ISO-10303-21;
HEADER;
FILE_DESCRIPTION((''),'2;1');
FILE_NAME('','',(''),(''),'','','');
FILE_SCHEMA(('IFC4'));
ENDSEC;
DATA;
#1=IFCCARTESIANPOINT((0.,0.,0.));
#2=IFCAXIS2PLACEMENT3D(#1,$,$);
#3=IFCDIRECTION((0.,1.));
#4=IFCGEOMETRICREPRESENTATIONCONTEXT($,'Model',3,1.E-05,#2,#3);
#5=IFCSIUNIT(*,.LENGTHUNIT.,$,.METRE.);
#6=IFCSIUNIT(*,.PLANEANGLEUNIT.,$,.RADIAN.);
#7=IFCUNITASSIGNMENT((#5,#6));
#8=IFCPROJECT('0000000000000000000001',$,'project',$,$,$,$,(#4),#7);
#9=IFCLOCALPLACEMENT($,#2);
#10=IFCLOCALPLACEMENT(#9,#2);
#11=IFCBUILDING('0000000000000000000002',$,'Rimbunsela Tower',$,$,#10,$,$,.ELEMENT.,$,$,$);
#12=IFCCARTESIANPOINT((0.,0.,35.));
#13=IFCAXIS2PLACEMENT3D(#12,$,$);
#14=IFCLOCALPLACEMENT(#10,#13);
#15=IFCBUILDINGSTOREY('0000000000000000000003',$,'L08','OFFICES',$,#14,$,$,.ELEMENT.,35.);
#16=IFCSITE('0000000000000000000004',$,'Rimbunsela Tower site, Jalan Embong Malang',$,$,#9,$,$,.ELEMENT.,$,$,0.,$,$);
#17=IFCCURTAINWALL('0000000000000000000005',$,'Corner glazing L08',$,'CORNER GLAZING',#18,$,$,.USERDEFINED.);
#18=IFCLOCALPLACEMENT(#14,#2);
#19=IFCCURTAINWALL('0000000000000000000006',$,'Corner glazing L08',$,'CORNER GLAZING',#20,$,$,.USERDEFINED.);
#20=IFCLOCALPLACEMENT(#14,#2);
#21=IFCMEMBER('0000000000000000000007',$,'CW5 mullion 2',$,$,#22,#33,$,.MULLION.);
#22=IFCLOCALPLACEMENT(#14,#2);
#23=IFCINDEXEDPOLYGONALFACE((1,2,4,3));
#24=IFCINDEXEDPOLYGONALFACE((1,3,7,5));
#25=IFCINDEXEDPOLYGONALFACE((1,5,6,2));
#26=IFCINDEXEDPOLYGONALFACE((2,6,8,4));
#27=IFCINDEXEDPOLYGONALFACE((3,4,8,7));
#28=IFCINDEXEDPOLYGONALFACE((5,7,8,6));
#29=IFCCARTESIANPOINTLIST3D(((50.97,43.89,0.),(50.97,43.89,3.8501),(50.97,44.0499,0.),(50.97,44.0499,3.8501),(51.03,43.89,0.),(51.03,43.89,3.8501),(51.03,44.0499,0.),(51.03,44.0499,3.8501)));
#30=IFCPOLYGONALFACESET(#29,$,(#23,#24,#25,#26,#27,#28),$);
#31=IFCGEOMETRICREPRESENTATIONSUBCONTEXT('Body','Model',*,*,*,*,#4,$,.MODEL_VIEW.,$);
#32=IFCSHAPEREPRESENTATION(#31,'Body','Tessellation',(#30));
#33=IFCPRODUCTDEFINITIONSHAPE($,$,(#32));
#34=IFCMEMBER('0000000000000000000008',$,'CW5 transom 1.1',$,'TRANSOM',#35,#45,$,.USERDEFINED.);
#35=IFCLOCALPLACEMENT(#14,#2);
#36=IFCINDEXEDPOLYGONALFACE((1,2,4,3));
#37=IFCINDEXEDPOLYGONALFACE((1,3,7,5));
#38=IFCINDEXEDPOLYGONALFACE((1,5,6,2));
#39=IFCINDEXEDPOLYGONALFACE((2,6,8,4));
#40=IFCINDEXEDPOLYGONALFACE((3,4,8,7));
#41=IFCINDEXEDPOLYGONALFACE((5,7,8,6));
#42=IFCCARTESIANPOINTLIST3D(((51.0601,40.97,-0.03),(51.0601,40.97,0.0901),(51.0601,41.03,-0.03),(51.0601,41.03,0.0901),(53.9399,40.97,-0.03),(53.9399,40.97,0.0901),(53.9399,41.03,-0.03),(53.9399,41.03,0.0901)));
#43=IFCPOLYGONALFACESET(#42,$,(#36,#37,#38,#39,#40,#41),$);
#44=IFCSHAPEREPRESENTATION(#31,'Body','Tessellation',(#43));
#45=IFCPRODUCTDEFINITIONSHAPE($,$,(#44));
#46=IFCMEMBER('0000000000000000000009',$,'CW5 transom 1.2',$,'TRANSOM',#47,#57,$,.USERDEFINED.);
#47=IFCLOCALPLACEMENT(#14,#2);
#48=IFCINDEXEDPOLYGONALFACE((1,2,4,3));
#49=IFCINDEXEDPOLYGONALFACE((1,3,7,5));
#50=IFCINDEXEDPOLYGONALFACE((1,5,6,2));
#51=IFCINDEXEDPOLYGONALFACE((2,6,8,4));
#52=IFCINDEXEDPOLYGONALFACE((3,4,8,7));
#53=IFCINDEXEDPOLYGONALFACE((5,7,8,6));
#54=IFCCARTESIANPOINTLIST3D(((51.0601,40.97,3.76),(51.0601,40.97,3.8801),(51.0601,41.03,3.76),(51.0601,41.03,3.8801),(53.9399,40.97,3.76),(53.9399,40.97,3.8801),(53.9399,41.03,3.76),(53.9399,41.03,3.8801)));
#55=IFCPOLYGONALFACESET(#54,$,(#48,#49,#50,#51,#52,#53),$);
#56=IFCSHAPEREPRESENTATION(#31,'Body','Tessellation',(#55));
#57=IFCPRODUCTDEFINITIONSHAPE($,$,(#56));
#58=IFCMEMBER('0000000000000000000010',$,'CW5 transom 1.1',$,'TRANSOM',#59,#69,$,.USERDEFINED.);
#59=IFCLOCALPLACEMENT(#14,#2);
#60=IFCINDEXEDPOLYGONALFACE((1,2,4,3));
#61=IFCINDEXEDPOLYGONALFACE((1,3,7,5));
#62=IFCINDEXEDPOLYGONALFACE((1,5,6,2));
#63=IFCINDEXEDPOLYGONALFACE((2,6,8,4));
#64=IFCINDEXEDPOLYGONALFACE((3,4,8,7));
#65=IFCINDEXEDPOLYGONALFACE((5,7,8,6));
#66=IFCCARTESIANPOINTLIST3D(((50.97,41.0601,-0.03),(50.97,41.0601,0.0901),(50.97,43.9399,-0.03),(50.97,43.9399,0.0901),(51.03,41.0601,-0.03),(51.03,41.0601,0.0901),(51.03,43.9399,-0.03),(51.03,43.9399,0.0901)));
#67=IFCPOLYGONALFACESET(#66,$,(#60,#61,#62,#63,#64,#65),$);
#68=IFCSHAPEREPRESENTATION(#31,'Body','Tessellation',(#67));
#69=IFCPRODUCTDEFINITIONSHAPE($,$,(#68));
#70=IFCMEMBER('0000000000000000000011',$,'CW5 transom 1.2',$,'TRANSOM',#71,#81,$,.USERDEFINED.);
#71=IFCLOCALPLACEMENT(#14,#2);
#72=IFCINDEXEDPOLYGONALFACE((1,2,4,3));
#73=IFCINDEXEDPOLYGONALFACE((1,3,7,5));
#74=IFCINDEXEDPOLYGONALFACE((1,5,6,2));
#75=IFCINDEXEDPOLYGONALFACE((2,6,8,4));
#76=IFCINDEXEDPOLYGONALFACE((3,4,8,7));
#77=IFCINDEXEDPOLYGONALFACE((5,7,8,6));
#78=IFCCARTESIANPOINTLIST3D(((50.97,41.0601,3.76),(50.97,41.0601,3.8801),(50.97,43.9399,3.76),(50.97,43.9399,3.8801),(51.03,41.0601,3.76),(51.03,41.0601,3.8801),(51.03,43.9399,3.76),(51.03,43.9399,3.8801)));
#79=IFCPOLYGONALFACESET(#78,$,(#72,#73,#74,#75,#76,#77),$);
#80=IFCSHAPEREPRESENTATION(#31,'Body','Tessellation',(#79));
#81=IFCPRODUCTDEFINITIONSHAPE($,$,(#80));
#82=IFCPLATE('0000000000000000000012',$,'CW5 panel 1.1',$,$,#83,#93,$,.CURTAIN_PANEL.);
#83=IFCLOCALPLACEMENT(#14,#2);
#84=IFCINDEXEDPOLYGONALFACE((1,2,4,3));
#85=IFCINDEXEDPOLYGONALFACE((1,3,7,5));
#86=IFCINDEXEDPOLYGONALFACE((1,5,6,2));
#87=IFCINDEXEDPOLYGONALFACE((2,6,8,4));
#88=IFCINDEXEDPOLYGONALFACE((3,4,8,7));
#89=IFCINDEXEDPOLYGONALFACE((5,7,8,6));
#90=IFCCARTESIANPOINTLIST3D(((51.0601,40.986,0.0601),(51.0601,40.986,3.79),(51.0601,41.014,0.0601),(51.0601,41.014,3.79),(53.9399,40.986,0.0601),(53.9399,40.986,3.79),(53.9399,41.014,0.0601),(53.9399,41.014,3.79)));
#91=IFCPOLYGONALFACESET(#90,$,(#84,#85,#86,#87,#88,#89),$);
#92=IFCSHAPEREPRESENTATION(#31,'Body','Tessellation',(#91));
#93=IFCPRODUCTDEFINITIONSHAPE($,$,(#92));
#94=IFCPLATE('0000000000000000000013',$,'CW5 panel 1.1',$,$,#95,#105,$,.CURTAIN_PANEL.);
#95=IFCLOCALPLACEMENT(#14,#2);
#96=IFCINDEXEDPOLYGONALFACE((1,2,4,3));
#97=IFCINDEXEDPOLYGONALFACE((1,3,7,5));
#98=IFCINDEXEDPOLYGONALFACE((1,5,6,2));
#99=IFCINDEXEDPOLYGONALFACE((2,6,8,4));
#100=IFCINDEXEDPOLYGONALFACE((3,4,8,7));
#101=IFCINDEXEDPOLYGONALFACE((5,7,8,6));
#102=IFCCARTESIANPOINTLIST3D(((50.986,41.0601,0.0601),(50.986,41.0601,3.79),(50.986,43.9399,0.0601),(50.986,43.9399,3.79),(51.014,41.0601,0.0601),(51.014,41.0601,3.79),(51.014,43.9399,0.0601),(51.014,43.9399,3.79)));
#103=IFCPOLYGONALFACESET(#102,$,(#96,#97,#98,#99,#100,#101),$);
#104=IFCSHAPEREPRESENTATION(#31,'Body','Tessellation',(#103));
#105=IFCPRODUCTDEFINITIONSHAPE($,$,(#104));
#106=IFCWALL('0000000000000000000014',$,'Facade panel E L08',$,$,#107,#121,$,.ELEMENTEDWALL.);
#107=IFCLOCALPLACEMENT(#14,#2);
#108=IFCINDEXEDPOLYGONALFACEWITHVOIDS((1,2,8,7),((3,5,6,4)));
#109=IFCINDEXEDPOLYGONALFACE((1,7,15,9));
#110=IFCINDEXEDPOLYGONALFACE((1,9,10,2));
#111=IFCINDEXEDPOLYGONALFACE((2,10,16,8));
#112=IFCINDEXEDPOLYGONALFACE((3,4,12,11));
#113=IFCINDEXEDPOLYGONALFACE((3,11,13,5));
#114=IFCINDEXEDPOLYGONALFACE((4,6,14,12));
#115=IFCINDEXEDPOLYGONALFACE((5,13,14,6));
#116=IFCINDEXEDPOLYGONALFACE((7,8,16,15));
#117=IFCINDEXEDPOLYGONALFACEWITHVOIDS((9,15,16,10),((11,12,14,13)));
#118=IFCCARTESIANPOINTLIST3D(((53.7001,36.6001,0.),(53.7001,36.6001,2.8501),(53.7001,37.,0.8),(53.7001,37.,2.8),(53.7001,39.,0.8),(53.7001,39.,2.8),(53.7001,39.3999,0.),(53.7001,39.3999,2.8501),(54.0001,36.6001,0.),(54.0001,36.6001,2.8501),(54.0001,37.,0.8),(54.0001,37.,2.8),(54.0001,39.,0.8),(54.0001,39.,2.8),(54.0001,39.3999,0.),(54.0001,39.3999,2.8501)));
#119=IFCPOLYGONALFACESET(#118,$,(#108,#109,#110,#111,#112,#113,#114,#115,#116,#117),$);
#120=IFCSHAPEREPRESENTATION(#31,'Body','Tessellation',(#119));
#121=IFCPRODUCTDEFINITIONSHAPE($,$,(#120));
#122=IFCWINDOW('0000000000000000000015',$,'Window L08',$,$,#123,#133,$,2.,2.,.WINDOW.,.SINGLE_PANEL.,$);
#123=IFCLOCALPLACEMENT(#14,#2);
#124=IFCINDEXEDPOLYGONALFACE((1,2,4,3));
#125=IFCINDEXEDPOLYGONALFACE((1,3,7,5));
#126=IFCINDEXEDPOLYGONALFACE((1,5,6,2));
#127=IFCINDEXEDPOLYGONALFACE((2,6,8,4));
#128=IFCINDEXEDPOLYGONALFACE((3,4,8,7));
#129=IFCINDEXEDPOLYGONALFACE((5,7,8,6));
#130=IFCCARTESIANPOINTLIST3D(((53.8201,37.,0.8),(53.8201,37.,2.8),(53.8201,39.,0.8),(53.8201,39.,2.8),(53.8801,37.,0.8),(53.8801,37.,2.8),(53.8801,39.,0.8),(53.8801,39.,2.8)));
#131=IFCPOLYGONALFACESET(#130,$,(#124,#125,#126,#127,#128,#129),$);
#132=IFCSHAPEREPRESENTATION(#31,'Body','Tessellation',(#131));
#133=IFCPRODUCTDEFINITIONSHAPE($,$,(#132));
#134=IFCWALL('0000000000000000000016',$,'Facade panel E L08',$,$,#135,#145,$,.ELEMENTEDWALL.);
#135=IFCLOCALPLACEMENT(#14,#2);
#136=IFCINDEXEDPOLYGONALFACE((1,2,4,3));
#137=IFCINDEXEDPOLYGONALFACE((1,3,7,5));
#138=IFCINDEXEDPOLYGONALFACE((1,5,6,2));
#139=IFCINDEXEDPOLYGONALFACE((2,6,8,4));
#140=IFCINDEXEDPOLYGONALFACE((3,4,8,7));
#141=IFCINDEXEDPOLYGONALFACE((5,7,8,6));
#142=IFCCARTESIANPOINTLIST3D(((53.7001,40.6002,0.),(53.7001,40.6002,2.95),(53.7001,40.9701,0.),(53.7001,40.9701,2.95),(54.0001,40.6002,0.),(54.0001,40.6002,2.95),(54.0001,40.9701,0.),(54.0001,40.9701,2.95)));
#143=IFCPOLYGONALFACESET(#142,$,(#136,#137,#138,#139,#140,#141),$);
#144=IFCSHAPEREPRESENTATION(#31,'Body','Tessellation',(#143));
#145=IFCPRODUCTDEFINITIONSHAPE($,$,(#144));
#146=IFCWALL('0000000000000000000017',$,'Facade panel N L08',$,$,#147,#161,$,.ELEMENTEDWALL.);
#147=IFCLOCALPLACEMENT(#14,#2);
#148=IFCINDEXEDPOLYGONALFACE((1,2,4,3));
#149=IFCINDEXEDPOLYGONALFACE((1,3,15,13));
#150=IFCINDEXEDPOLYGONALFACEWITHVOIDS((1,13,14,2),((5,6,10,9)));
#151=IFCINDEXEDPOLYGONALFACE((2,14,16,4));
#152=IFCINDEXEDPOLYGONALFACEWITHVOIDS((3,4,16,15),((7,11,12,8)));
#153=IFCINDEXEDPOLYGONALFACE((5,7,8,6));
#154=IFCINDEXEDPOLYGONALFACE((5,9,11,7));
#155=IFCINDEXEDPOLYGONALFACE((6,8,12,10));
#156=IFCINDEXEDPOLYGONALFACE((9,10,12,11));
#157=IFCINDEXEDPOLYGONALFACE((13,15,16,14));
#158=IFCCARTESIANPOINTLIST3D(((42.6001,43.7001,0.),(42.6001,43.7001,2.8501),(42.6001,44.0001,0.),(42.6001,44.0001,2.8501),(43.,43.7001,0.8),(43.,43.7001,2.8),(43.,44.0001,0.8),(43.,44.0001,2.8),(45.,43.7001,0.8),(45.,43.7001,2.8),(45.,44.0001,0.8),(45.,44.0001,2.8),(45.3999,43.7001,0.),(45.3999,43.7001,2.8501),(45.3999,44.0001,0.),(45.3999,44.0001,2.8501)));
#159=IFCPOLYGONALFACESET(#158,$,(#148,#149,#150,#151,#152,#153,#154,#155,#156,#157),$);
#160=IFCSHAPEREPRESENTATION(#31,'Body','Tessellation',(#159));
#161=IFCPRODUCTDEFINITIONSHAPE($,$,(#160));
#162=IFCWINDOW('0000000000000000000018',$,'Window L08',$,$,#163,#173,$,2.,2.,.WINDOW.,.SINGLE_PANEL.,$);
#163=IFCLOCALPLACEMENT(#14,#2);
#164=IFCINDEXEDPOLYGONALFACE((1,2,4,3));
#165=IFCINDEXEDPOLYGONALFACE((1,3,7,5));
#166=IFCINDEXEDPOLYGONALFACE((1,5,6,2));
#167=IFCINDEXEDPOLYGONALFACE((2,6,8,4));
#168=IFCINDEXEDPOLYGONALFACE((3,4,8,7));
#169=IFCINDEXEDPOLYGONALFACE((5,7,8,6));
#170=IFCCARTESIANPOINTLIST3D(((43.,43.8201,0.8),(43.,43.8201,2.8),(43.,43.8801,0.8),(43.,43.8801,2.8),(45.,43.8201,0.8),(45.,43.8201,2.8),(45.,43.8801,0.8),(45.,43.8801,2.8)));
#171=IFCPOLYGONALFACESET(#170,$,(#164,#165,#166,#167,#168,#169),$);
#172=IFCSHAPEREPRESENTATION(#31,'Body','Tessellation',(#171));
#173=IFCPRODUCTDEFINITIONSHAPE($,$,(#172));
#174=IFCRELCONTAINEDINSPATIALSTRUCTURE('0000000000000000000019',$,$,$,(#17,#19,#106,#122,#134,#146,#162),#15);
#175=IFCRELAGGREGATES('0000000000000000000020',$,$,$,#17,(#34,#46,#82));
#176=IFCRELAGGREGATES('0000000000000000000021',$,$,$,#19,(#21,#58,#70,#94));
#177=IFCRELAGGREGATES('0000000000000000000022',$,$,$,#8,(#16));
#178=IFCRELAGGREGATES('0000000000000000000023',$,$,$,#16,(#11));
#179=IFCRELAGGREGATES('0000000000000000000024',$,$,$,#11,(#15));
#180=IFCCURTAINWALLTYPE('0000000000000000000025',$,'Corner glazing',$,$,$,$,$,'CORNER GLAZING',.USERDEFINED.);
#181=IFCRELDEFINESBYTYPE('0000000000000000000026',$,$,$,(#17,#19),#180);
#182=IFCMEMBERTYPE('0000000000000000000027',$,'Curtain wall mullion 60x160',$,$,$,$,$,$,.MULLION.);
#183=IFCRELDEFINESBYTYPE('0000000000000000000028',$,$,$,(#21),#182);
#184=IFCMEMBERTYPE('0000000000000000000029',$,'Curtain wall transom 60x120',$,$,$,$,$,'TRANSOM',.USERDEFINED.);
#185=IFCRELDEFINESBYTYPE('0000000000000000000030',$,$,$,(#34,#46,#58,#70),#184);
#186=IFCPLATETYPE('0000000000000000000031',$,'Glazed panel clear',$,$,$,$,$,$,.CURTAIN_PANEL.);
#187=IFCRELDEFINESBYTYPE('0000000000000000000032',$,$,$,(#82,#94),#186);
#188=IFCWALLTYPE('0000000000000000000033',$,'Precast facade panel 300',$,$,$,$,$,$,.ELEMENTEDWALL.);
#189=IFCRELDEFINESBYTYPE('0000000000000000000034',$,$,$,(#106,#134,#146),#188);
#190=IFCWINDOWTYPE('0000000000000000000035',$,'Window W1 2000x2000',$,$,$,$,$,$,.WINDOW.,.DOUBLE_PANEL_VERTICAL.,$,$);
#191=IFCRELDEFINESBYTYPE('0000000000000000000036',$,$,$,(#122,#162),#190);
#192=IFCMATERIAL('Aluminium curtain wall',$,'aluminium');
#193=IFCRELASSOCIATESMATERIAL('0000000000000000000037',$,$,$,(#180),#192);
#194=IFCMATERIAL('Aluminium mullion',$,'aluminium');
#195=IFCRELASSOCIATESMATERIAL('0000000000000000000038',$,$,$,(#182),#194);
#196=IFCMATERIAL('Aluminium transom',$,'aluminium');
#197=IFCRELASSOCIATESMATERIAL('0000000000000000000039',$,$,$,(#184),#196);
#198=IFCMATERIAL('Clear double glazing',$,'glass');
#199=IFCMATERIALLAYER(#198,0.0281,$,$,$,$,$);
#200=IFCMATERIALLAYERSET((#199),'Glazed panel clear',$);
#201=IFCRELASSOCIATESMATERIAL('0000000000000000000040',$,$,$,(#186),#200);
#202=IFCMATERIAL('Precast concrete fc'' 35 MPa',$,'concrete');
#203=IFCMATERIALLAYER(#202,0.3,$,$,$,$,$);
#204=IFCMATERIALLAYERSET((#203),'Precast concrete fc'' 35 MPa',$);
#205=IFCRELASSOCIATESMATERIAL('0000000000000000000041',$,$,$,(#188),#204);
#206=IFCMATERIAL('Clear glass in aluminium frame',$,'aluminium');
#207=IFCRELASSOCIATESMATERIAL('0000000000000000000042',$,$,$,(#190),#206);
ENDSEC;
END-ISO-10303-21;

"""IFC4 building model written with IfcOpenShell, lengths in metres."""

from ifc_helpers import new_model, si_unit, direction, frame, frame_2d, origin, origin_2d, place, context, subcontext, project, spatial, rectangle, extrude, material, layer, layer_set, material_profile, profile_set, type_object, element, fill, aggregate, save


model = new_model("IFC4")

# Units and contexts
model_context = context("Model", 3, precision=1e-05, world=origin(), true_north=direction((0.0, 1.0)))
body_context = subcontext(model_context, "Body", "Model", "MODEL_VIEW")
ifc_project = project(units=[si_unit("LENGTHUNIT", "METRE"), si_unit("PLANEANGLEUNIT", "RADIAN")], contexts=[model_context])

# Site, building, storey
site_placement = place(None, origin())
site = spatial("IfcSite", under=ifc_project, at=site_placement, Name="Rimbunsela Tower site, Jalan Embong Malang", CompositionType="ELEMENT", RefElevation=0.0)
building_placement = place(site_placement, origin())
building = spatial("IfcBuilding", under=site, at=building_placement, Name="Rimbunsela Tower", CompositionType="ELEMENT")
storey_placement = place(building_placement, frame((0.0, 0.0, 35.0)))
storey = spatial("IfcBuildingStorey", under=building, at=storey_placement, Name="L08", Description="OFFICES", CompositionType="ELEMENT", Elevation=35.0)

# Curtain walls, member
ifc_material_1 = material(Name="Aluminium curtain wall", Category="aluminium")
curtain_wall_type = type_object("IfcCurtainWallType", Name="Corner glazing", ElementType="CORNER GLAZING", PredefinedType="USERDEFINED", material=ifc_material_1)
curtain_wall_1_placement = place(storey_placement, origin())
curtain_wall_1 = element("IfcCurtainWall", 1, at=curtain_wall_1_placement, inside=storey, type_object=curtain_wall_type, Name="Corner glazing L08", ObjectType="CORNER GLAZING", PredefinedType="USERDEFINED")
ifc_material_2 = material(Name="Aluminium mullion", Category="aluminium")
ifc_material_profile_1 = material_profile(ifc_material_2, rectangle(XDim=0.0601, YDim=0.1599, at=origin_2d()), Name="Mullion 60x160")
ifc_profile_set_1 = profile_set([ifc_material_profile_1], Name="Aluminium mullion")
member_type_1 = type_object("IfcMemberType", Name="Curtain wall mullion 60x160", PredefinedType="MULLION", material=ifc_profile_set_1)
curtain_wall_2_placement = place(storey_placement, origin())
curtain_wall_2 = element("IfcCurtainWall", 2, at=curtain_wall_2_placement, inside=storey, type_object=curtain_wall_type, Name="Corner glazing L08", ObjectType="CORNER GLAZING", PredefinedType="USERDEFINED")
member_1_placement = place(storey_placement, frame((51.0, 43.97, 0.0), z_axis=(0.0, 0.0, 1.0), x_axis=(-1.0, 0.0, 0.0)))
member_1 = element("IfcMember", 3, at=member_1_placement, type_object=member_type_1, Name="CW5 mullion 2", PredefinedType="MULLION", context=body_context, shape_type="SweptSolid", body=[
    extrude(rectangle(XDim=0.0601, YDim=0.1599, at=origin_2d()), origin(), (0.0, 0.0, 1.0), 3.8501),
])

# Members
ifc_material_3 = material(Name="Aluminium transom", Category="aluminium")
ifc_material_profile_2 = material_profile(ifc_material_3, rectangle(XDim=0.0601, YDim=0.1201, at=origin_2d()), Name="Transom 60x120")
ifc_profile_set_2 = profile_set([ifc_material_profile_2], Name="Aluminium transom")
member_type_2 = type_object("IfcMemberType", Name="Curtain wall transom 60x120", ElementType="TRANSOM", PredefinedType="USERDEFINED", material=ifc_profile_set_2)
member_2_placement = place(storey_placement, frame((53.9399, 41.0, 0.03), z_axis=(-1.0, 0.0, 0.0), x_axis=(0.0, -1.0, 0.0)))
member_2 = element("IfcMember", 4, at=member_2_placement, type_object=member_type_2, Name="CW5 transom 1.1", ObjectType="TRANSOM", PredefinedType="USERDEFINED", context=body_context, shape_type="SweptSolid", body=[
    extrude(rectangle(XDim=0.0601, YDim=0.1201, at=origin_2d()), origin(), (0.0, 0.0, 1.0), 2.8799),
])
member_3_placement = place(storey_placement, frame((53.9399, 41.0, 3.8201), z_axis=(-1.0, 0.0, 0.0), x_axis=(0.0, -1.0, 0.0)))
member_3 = element("IfcMember", 5, at=member_3_placement, type_object=member_type_2, Name="CW5 transom 1.2", ObjectType="TRANSOM", PredefinedType="USERDEFINED", context=body_context, shape_type="SweptSolid", body=[
    extrude(rectangle(XDim=0.0601, YDim=0.1201, at=origin_2d()), origin(), (0.0, 0.0, 1.0), 2.8799),
])
member_4_placement = place(storey_placement, frame((51.0, 41.0601, 0.03), z_axis=(0.0, 1.0, 0.0), x_axis=(-1.0, 0.0, 0.0)))
member_4 = element("IfcMember", 6, at=member_4_placement, type_object=member_type_2, Name="CW5 transom 1.1", ObjectType="TRANSOM", PredefinedType="USERDEFINED", context=body_context, shape_type="SweptSolid", body=[
    extrude(rectangle(XDim=0.0601, YDim=0.1201, at=origin_2d()), origin(), (0.0, 0.0, 1.0), 2.8799),
])
member_5_placement = place(storey_placement, frame((51.0, 41.0601, 3.8201), z_axis=(0.0, 1.0, 0.0), x_axis=(-1.0, 0.0, 0.0)))
member_5 = element("IfcMember", 7, at=member_5_placement, type_object=member_type_2, Name="CW5 transom 1.2", ObjectType="TRANSOM", PredefinedType="USERDEFINED", context=body_context, shape_type="SweptSolid", body=[
    extrude(rectangle(XDim=0.0601, YDim=0.1201, at=origin_2d()), origin(), (0.0, 0.0, 1.0), 2.8799),
])

# Plates
ifc_material_4 = material(Name="Clear double glazing", Category="glass")
ifc_layer_1 = layer(ifc_material_4, 0.0281)
ifc_layer_set_1 = layer_set([ifc_layer_1], Name="Glazed panel clear")
plate_type = type_object("IfcPlateType", Name="Glazed panel clear", PredefinedType="CURTAIN_PANEL", material=ifc_layer_set_1)
plate_1_placement = place(storey_placement, frame((52.5, 41.0, 0.0601), z_axis=(0.0, 0.0, 1.0), x_axis=(-1.0, 0.0, 0.0)))
plate_1 = element("IfcPlate", 8, at=plate_1_placement, type_object=plate_type, Name="CW5 panel 1.1", PredefinedType="CURTAIN_PANEL", context=body_context, shape_type="SweptSolid", body=[
    extrude(rectangle(XDim=2.8799, YDim=0.0281, at=origin_2d()), origin(), (0.0, 0.0, 1.0), 3.73),
])
aggregate(curtain_wall_1, [member_2, member_3, plate_1])
plate_2_placement = place(storey_placement, frame((51.0, 42.5, 0.0601), z_axis=(0.0, 0.0, 1.0), x_axis=(0.0, 1.0, 0.0)))
plate_2 = element("IfcPlate", 9, at=plate_2_placement, type_object=plate_type, Name="CW5 panel 1.1", PredefinedType="CURTAIN_PANEL", context=body_context, shape_type="SweptSolid", body=[
    extrude(rectangle(XDim=2.8799, YDim=0.0281, at=origin_2d()), origin(), (0.0, 0.0, 1.0), 3.73),
])
aggregate(curtain_wall_2, [member_1, member_4, member_5, plate_2])

# Wall, opening, window
ifc_material_5 = material(Name="Precast concrete fc' 35 MPa", Category="concrete")
ifc_layer_2 = layer(ifc_material_5, 0.3)
ifc_layer_set_2 = layer_set([ifc_layer_2], Name="Precast concrete fc' 35 MPa")
wall_type = type_object("IfcWallType", Name="Precast facade panel 300", PredefinedType="ELEMENTEDWALL", material=ifc_layer_set_2)
wall_1_placement = place(storey_placement, frame((53.8501, 36.6001, 0.0), z_axis=(0.0, 0.0, 1.0), x_axis=(0.0, 1.0, 0.0)))
wall_1 = element("IfcWall", 10, at=wall_1_placement, inside=storey, type_object=wall_type, Name="Facade panel E L08", PredefinedType="ELEMENTEDWALL", context=body_context, shape_type="SweptSolid", body=[
    extrude(rectangle(XDim=2.7998, YDim=0.3, at=frame_2d((1.3999, 0.0))), origin(), (0.0, 0.0, 1.0), 2.8501),
])
opening_1_placement = place(wall_1_placement, frame((0.3999, 0.0, 0.8)))
opening_1 = element("IfcOpeningElement", 11, at=opening_1_placement, cuts=wall_1, PredefinedType="OPENING", context=body_context, shape_type="SweptSolid", body=[
    extrude(rectangle(XDim=2.0, YDim=2.0, at=frame_2d((1.0, 1.0))), frame((0.0, 0.1599, 0.0), z_axis=(0.0, -1.0, 0.0), x_axis=(1.0, 0.0, 0.0)), (0.0, 0.0, 1.0), 0.3201),
])
ifc_material_6 = material(Name="Clear glass in aluminium frame", Category="aluminium")
window_type = type_object("IfcWindowType", Name="Window W1 2000x2000", PartitioningType="DOUBLE_PANEL_VERTICAL", PredefinedType="WINDOW", material=ifc_material_6)
window_1_placement = place(opening_1_placement, origin())
window_1 = element("IfcWindow", 12, at=window_1_placement, inside=storey, type_object=window_type, Name="Window L08", OverallHeight=2.0, OverallWidth=2.0, PartitioningType="SINGLE_PANEL", PredefinedType="WINDOW", context=body_context, shape_type="SweptSolid", body=[
    extrude(rectangle(XDim=2.0, YDim=2.0, at=frame_2d((1.0, 1.0))), frame((0.0, 0.03, 0.0), z_axis=(0.0, -1.0, 0.0), x_axis=(1.0, 0.0, 0.0)), (0.0, 0.0, 1.0), 0.0601),
])
fill(opening_1, window_1)

# Wall
wall_2_placement = place(storey_placement, frame((53.8501, 40.6001, 0.0), z_axis=(0.0, 0.0, 1.0), x_axis=(0.0, 1.0, 0.0)))
element("IfcWall", 13, at=wall_2_placement, inside=storey, type_object=wall_type, Name="Facade panel E L08", PredefinedType="ELEMENTEDWALL", context=body_context, shape_type="SweptSolid", body=[
    extrude(rectangle(XDim=0.3699, YDim=0.3, at=frame_2d((0.1851, 0.0))), origin(), (0.0, 0.0, 1.0), 2.95),
])

# Wall, opening, window
wall_3_placement = place(storey_placement, frame((45.3999, 43.8501, 0.0), z_axis=(0.0, 0.0, 1.0), x_axis=(-1.0, 0.0, 0.0)))
wall_3 = element("IfcWall", 14, at=wall_3_placement, inside=storey, type_object=wall_type, Name="Facade panel N L08", PredefinedType="ELEMENTEDWALL", context=body_context, shape_type="SweptSolid", body=[
    extrude(rectangle(XDim=2.7998, YDim=0.3, at=frame_2d((1.3999, 0.0))), origin(), (0.0, 0.0, 1.0), 2.8501),
])
opening_2_placement = place(wall_3_placement, frame((0.3999, 0.0, 0.8)))
opening_2 = element("IfcOpeningElement", 15, at=opening_2_placement, cuts=wall_3, PredefinedType="OPENING", context=body_context, shape_type="SweptSolid", body=[
    extrude(rectangle(XDim=2.0, YDim=2.0, at=frame_2d((1.0, 1.0))), frame((0.0, 0.1599, 0.0), z_axis=(0.0, -1.0, 0.0), x_axis=(1.0, 0.0, 0.0)), (0.0, 0.0, 1.0), 0.3201),
])
window_2_placement = place(opening_2_placement, origin())
window_2 = element("IfcWindow", 16, at=window_2_placement, inside=storey, type_object=window_type, Name="Window L08", OverallHeight=2.0, OverallWidth=2.0, PartitioningType="SINGLE_PANEL", PredefinedType="WINDOW", context=body_context, shape_type="SweptSolid", body=[
    extrude(rectangle(XDim=2.0, YDim=2.0, at=frame_2d((1.0, 1.0))), frame((0.0, 0.03, 0.0), z_axis=(0.0, -1.0, 0.0), x_axis=(1.0, 0.0, 0.0)), (0.0, 0.0, 1.0), 0.0601),
])
fill(opening_2, window_2)

save(model, "model.ifc")
